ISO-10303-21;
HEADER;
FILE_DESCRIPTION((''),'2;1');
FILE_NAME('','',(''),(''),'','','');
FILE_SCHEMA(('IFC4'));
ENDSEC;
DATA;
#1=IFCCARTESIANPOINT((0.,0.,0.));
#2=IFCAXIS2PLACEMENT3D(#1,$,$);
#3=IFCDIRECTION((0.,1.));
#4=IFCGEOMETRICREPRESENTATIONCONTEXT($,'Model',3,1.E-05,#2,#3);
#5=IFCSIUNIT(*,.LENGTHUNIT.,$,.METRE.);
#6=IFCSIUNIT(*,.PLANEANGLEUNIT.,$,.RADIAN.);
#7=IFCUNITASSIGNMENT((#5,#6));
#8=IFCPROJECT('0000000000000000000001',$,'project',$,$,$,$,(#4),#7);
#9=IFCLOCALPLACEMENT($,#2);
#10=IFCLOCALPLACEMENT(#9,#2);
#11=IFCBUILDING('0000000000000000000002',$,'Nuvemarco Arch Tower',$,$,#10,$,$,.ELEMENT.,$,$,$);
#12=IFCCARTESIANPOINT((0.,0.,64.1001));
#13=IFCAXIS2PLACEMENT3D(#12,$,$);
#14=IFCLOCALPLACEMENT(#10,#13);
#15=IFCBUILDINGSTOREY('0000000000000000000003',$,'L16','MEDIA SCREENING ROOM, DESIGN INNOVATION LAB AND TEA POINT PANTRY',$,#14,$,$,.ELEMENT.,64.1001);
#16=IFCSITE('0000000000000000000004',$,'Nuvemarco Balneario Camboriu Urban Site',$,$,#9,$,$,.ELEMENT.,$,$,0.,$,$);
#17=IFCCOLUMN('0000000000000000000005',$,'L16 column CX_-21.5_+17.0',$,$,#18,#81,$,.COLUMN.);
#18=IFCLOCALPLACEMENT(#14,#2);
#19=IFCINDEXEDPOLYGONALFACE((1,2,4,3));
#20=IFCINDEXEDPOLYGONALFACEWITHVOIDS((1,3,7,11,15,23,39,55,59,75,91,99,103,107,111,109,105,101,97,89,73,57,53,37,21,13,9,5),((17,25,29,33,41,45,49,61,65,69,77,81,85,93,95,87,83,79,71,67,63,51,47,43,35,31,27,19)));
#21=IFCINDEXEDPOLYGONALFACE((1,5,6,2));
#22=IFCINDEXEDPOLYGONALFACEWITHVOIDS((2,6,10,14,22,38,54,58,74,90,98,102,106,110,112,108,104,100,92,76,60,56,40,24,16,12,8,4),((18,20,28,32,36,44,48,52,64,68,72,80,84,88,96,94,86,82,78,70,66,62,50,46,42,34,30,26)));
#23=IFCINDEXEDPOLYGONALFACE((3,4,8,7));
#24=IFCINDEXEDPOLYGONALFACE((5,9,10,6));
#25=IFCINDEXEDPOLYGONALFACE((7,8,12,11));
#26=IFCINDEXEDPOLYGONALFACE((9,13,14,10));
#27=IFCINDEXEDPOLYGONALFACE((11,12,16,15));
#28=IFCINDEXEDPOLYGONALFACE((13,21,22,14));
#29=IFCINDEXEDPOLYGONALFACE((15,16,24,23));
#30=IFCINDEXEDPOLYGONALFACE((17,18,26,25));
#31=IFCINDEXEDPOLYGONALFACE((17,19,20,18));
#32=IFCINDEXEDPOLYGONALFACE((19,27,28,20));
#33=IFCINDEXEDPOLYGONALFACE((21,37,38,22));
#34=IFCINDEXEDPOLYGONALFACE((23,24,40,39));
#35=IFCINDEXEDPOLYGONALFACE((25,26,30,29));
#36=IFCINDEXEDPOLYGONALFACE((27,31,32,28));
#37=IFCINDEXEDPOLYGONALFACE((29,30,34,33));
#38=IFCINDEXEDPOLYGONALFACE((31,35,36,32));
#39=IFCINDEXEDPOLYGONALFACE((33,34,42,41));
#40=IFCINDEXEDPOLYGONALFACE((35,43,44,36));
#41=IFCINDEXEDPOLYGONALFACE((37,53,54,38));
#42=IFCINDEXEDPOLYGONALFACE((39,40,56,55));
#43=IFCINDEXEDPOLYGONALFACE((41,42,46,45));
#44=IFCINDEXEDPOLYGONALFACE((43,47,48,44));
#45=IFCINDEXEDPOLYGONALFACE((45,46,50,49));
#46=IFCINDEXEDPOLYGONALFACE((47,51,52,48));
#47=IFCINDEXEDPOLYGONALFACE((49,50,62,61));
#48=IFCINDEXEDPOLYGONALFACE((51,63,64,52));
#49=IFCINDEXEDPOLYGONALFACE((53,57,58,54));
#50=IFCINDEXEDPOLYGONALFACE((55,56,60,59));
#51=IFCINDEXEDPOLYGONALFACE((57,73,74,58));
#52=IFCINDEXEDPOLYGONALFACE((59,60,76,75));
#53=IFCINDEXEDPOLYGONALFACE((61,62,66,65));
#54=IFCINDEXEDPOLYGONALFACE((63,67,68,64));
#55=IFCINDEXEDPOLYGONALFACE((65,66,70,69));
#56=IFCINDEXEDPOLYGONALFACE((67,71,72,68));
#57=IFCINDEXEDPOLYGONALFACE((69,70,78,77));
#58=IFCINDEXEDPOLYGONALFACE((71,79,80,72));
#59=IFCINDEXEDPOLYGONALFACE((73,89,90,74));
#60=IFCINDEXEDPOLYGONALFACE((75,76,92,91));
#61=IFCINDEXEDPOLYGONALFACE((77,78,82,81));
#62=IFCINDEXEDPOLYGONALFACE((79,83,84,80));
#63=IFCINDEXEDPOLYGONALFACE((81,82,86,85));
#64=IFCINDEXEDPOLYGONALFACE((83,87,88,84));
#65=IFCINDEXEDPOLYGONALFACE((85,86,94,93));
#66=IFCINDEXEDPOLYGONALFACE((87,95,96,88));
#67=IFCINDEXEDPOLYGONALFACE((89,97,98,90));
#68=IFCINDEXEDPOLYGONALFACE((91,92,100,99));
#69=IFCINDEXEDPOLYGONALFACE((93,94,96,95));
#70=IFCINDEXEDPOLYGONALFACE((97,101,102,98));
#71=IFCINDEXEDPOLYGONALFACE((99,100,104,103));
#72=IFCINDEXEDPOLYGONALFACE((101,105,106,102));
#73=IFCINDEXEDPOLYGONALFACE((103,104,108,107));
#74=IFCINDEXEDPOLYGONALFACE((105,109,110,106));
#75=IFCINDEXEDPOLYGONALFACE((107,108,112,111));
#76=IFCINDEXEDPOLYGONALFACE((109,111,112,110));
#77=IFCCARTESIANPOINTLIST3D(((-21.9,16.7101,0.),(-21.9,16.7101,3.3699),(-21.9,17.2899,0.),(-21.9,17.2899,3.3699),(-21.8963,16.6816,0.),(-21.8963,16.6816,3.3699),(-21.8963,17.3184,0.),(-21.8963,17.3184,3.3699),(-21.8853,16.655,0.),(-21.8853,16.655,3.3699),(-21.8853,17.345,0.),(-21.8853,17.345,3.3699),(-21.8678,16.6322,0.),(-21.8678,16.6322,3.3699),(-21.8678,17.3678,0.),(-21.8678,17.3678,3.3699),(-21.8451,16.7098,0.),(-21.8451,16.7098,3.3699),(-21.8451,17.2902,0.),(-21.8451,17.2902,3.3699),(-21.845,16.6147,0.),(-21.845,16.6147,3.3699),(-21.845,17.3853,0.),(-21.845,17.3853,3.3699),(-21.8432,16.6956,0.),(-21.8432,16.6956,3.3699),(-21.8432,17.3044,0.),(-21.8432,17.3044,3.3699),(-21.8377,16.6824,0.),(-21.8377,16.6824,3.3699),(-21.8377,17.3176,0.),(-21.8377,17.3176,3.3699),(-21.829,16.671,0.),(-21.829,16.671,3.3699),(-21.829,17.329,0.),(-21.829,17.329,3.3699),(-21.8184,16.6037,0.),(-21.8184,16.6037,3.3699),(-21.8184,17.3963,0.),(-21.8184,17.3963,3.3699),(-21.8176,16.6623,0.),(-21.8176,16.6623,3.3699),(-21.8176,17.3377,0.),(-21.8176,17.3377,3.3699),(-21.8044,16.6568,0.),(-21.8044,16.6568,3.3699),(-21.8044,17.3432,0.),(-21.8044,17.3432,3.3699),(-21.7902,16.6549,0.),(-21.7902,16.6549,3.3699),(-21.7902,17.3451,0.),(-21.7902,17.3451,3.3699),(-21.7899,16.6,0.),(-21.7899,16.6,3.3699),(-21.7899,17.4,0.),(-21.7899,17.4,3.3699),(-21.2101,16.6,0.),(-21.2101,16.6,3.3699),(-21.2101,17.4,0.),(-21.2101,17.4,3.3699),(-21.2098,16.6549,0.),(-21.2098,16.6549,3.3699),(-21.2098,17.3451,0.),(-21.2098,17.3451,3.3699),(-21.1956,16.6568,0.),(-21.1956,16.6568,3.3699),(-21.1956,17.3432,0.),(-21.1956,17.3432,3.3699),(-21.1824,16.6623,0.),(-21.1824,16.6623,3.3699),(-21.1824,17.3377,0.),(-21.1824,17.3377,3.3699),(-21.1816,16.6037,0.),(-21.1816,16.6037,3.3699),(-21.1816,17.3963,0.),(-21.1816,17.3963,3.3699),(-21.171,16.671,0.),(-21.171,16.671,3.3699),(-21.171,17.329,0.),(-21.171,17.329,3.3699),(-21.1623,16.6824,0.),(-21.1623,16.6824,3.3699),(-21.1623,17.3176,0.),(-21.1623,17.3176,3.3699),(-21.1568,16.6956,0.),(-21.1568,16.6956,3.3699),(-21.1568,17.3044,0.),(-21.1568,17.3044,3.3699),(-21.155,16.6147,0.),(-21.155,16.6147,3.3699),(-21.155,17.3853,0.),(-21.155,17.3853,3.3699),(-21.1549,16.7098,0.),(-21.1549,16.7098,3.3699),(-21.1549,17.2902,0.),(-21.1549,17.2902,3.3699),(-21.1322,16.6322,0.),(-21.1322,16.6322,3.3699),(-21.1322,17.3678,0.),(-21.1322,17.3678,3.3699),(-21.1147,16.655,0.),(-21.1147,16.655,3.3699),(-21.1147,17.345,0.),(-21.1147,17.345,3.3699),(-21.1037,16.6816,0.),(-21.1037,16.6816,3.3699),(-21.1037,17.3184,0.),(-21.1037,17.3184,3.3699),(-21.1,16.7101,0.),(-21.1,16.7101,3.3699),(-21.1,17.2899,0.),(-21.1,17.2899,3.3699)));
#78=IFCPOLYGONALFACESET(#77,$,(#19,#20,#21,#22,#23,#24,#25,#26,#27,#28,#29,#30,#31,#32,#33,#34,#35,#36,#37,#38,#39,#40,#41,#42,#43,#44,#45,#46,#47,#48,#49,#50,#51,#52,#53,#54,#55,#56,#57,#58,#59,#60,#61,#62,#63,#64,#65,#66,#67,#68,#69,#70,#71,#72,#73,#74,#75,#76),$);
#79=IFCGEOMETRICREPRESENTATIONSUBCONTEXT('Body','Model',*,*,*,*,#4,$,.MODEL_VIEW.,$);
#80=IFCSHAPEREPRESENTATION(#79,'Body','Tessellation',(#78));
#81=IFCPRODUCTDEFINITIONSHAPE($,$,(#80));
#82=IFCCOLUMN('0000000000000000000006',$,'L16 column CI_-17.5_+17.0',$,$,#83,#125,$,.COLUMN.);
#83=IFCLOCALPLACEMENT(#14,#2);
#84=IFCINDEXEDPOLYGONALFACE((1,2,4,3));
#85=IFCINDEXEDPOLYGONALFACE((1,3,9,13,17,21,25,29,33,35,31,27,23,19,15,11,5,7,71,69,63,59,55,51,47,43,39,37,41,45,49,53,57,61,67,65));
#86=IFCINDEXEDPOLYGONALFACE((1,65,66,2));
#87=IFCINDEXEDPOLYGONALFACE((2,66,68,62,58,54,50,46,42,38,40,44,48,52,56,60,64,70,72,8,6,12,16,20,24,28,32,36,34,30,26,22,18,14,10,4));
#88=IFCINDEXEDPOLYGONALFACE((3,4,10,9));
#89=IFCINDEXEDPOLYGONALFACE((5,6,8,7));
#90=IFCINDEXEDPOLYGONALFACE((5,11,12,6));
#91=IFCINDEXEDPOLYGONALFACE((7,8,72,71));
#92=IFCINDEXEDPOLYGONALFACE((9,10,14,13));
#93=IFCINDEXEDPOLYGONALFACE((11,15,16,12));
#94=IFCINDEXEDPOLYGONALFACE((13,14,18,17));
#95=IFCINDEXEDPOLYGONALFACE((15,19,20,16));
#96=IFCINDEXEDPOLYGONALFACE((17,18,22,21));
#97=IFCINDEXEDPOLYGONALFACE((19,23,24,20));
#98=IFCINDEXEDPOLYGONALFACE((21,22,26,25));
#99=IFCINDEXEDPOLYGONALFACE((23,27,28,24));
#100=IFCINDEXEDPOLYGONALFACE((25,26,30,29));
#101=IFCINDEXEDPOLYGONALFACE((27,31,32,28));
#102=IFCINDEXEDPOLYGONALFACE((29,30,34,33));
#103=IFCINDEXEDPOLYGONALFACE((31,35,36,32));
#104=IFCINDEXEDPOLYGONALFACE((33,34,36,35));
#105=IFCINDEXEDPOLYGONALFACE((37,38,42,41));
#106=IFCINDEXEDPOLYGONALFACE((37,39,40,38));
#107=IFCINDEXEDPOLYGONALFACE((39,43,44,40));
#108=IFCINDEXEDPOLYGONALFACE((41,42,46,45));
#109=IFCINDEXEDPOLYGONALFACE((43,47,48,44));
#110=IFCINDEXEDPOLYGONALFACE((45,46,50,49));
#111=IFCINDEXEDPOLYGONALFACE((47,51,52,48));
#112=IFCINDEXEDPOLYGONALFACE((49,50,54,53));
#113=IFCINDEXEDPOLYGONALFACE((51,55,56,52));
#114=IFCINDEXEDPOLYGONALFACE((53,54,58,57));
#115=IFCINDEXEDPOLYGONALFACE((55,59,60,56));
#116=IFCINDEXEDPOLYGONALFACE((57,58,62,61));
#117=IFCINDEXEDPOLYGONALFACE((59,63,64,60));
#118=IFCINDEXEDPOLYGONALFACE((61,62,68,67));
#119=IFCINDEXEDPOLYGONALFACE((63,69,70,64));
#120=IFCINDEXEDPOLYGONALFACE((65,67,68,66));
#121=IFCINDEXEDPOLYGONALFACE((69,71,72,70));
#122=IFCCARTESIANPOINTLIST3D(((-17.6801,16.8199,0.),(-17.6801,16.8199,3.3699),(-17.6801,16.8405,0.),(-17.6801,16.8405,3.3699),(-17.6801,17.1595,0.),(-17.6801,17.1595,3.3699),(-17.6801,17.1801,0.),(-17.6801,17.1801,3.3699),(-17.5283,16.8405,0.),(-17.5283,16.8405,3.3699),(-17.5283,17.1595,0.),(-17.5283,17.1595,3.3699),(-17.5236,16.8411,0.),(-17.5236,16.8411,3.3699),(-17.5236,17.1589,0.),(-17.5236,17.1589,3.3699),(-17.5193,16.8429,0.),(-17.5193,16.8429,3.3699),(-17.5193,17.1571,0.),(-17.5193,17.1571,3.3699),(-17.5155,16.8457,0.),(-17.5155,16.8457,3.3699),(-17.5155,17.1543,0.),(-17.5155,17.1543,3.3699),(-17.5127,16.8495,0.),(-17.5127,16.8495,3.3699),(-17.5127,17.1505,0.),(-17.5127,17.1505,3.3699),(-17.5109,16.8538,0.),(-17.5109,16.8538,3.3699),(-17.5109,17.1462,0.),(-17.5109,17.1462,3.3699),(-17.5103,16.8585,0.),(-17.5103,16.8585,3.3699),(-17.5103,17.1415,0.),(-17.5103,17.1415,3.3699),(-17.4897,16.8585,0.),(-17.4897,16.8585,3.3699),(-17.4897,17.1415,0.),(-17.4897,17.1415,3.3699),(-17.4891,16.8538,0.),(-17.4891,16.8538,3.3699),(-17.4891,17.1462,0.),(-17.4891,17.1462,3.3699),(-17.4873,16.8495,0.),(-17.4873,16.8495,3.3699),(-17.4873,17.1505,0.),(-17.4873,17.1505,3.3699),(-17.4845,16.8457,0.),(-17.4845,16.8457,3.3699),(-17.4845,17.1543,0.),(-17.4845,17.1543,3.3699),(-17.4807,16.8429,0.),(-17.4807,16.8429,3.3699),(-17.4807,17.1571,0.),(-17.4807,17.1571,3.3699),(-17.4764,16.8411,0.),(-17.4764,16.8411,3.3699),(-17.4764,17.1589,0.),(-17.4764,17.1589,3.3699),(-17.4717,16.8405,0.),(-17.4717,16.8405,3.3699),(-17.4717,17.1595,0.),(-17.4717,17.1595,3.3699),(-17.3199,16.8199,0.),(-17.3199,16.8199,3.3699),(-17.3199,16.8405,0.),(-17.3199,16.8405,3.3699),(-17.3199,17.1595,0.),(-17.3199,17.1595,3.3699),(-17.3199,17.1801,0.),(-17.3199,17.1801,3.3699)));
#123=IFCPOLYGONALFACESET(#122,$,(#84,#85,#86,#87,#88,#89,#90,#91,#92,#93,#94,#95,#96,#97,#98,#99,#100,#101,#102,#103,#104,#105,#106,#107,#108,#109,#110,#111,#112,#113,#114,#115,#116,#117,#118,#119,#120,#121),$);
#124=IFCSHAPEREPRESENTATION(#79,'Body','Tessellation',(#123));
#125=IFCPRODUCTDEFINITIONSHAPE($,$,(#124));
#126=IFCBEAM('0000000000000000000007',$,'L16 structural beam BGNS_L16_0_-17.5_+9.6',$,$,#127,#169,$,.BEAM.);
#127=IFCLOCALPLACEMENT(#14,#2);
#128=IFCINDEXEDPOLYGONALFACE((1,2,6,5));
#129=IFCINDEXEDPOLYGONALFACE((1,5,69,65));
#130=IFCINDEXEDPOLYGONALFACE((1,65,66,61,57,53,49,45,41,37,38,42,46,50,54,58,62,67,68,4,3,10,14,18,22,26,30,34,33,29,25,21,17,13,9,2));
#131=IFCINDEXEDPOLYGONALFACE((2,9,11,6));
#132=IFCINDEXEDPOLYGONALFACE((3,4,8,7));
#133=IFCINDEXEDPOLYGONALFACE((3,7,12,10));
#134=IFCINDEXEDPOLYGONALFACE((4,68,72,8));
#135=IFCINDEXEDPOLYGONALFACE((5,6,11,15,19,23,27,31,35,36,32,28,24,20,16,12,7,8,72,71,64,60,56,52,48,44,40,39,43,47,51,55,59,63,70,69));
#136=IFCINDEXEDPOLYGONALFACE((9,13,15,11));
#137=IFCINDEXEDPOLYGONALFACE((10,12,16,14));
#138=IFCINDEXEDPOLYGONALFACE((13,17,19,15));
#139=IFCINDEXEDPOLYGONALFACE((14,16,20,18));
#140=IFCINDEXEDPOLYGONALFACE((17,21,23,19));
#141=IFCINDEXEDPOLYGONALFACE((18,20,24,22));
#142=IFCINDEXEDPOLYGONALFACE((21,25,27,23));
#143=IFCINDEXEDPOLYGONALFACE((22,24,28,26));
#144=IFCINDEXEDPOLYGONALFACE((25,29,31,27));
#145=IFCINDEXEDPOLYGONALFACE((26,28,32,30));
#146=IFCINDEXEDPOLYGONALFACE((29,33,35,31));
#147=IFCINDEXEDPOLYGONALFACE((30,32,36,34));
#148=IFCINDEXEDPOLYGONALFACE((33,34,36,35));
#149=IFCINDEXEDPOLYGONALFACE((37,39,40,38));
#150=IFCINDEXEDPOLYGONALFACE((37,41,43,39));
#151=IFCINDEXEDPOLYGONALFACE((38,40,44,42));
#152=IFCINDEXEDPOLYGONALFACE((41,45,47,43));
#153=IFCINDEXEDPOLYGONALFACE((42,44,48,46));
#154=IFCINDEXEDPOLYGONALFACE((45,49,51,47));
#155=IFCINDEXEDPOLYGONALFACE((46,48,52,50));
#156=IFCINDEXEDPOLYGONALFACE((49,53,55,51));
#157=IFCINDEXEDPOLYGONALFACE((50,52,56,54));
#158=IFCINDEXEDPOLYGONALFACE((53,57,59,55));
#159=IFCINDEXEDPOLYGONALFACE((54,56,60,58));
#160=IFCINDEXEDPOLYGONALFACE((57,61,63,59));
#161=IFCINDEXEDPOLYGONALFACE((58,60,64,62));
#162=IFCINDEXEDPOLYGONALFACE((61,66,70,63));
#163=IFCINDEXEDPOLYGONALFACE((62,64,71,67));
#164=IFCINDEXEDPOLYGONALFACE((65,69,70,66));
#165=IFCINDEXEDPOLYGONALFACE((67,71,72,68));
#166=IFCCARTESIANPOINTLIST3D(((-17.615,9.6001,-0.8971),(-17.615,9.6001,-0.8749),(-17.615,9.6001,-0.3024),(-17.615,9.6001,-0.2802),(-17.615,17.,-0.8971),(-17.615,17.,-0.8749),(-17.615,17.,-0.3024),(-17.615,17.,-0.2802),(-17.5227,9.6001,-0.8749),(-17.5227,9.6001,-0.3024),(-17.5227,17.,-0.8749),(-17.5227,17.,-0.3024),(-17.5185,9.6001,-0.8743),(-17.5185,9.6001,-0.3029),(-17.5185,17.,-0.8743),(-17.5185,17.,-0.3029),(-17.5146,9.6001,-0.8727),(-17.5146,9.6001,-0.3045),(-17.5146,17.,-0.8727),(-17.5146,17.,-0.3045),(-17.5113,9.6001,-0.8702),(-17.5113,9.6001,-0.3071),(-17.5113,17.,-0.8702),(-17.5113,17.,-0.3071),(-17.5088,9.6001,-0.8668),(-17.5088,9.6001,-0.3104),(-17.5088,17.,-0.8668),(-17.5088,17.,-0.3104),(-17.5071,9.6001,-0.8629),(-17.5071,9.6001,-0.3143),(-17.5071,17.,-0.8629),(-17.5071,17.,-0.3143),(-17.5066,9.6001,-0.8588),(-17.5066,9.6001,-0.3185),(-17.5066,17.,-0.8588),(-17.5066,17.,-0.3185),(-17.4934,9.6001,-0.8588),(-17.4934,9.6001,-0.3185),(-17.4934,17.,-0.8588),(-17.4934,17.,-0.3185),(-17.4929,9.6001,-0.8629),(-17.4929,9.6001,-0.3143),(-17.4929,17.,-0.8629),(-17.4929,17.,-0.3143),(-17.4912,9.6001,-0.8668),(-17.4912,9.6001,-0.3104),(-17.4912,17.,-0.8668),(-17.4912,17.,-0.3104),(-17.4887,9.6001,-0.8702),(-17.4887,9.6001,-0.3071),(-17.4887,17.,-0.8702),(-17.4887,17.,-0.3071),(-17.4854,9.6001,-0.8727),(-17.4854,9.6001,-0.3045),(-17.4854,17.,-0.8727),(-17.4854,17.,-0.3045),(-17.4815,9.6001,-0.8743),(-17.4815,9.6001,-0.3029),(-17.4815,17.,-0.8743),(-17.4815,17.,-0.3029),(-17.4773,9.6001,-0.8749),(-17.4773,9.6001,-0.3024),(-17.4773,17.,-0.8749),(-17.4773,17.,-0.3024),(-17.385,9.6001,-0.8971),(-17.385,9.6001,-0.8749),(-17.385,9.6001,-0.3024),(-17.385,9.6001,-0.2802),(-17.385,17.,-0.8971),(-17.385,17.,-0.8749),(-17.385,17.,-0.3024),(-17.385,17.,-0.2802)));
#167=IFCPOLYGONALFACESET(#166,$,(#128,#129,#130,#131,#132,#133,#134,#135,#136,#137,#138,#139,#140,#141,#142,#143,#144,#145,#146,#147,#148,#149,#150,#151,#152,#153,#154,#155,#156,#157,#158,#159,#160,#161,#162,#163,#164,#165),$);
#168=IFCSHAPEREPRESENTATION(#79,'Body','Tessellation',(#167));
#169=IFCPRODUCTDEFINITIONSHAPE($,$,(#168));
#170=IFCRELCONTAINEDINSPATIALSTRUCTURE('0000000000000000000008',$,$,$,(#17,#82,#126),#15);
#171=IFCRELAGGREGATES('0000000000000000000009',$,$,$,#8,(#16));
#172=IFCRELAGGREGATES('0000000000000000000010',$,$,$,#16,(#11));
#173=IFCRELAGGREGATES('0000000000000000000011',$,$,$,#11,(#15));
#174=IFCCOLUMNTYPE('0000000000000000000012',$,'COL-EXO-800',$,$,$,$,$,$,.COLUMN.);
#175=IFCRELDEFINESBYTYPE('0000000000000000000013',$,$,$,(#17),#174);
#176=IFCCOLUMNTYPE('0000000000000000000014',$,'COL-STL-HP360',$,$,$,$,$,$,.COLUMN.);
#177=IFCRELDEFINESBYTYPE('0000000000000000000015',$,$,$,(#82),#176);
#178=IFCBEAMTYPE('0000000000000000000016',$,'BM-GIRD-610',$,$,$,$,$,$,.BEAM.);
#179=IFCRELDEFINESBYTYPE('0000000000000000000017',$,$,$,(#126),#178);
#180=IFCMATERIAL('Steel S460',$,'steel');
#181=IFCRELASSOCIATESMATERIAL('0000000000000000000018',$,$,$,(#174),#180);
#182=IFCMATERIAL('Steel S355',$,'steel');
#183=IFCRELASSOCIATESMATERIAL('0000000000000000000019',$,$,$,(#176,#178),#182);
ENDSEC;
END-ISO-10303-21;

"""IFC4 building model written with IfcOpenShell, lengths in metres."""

from ifc_helpers import new_model, si_unit, direction, frame, origin, origin_2d, place, context, subcontext, project, spatial, hollow_rectangle, i_section, extrude, material, material_profile, profile_set, type_object, element, save


model = new_model("IFC4")

# Units and contexts
model_context = context("Model", 3, precision=1e-05, world=origin(), true_north=direction((0.0, 1.0)))
body_context = subcontext(model_context, "Body", "Model", "MODEL_VIEW")
ifc_project = project(units=[si_unit("LENGTHUNIT", "METRE"), si_unit("PLANEANGLEUNIT", "RADIAN")], contexts=[model_context])

# Site, building, storey
site_placement = place(None, origin())
site = spatial("IfcSite", under=ifc_project, at=site_placement, Name="Nuvemarco Balneario Camboriu Urban Site", CompositionType="ELEMENT", RefElevation=0.0)
building_placement = place(site_placement, origin())
building = spatial("IfcBuilding", under=site, at=building_placement, Name="Nuvemarco Arch Tower", CompositionType="ELEMENT")
storey_placement = place(building_placement, frame((0.0, 0.0, 64.1001)))
storey = spatial("IfcBuildingStorey", under=building, at=storey_placement, Name="L16", Description="MEDIA SCREENING ROOM, DESIGN INNOVATION LAB AND TEA POINT PANTRY", CompositionType="ELEMENT", Elevation=64.1001)

# Columns
ifc_material_1 = material(Name="Steel S460", Category="steel")
ifc_material_profile_1 = material_profile(ifc_material_1, hollow_rectangle(XDim=0.8, YDim=0.8, WallThickness=0.0549, InnerFilletRadius=0.0549, OuterFilletRadius=0.1101, at=origin_2d()), Name="SHS800x800x55")
ifc_profile_set_1 = profile_set([ifc_material_profile_1], Name="Steel S460")
column_type_1 = type_object("IfcColumnType", Name="COL-EXO-800", PredefinedType="COLUMN", material=ifc_profile_set_1)
column_1_placement = place(storey_placement, frame((-21.5, 17.0, 0.0), z_axis=(0.0, 0.0, 1.0), x_axis=(1.0, 0.0, 0.0)))
element("IfcColumn", 1, at=column_1_placement, inside=storey, type_object=column_type_1, Name="L16 column CX_-21.5_+17.0", PredefinedType="COLUMN", context=body_context, shape_type="SweptSolid", body=[
    extrude(hollow_rectangle(XDim=0.8, YDim=0.8, WallThickness=0.0549, InnerFilletRadius=0.0549, OuterFilletRadius=0.1101, at=origin_2d()), origin(), (0.0, 0.0, 1.0), 3.3699),
])
ifc_material_2 = material(Name="Steel S355", Category="steel")
ifc_material_profile_2 = material_profile(ifc_material_2, i_section(OverallWidth=0.3601, OverallDepth=0.3601, WebThickness=0.0205, FlangeThickness=0.0205, FilletRadius=0.0181, at=origin_2d()), Name="HP360x174")
ifc_profile_set_2 = profile_set([ifc_material_profile_2], Name="Steel S355")
column_type_2 = type_object("IfcColumnType", Name="COL-STL-HP360", PredefinedType="COLUMN", material=ifc_profile_set_2)
column_2_placement = place(storey_placement, frame((-17.5, 17.0, 0.0), z_axis=(0.0, 0.0, 1.0), x_axis=(1.0, 0.0, 0.0)))
element("IfcColumn", 2, at=column_2_placement, inside=storey, type_object=column_type_2, Name="L16 column CI_-17.5_+17.0", PredefinedType="COLUMN", context=body_context, shape_type="SweptSolid", body=[
    extrude(i_section(OverallWidth=0.3601, OverallDepth=0.3601, WebThickness=0.0205, FlangeThickness=0.0205, FilletRadius=0.0181, at=origin_2d()), origin(), (0.0, 0.0, 1.0), 3.3699),
])

# Beam
ifc_material_profile_3 = material_profile(ifc_material_2, i_section(OverallWidth=0.23, OverallDepth=0.6169, WebThickness=0.0132, FlangeThickness=0.0222, FilletRadius=0.0161, at=origin_2d()), Name="W610x140")
ifc_profile_set_3 = profile_set([ifc_material_profile_3], Name="Steel S355")
beam_type_1 = type_object("IfcBeamType", Name="BM-GIRD-610", PredefinedType="BEAM", material=ifc_profile_set_3)
beam_1_placement = place(storey_placement, frame((-17.5, 9.6001, -0.5886), z_axis=(0.0, 1.0, 0.0), x_axis=(-1.0, 0.0, 0.0)))
element("IfcBeam", 3, at=beam_1_placement, inside=storey, type_object=beam_type_1, Name="L16 structural beam BGNS_L16_0_-17.5_+9.6", PredefinedType="BEAM", context=body_context, shape_type="SweptSolid", body=[
    extrude(i_section(OverallWidth=0.23, OverallDepth=0.6169, WebThickness=0.0132, FlangeThickness=0.0222, FilletRadius=0.0161, at=origin_2d()), origin(), (0.0, 0.0, 1.0), 7.3999),
])

save(model, "model.ifc")
